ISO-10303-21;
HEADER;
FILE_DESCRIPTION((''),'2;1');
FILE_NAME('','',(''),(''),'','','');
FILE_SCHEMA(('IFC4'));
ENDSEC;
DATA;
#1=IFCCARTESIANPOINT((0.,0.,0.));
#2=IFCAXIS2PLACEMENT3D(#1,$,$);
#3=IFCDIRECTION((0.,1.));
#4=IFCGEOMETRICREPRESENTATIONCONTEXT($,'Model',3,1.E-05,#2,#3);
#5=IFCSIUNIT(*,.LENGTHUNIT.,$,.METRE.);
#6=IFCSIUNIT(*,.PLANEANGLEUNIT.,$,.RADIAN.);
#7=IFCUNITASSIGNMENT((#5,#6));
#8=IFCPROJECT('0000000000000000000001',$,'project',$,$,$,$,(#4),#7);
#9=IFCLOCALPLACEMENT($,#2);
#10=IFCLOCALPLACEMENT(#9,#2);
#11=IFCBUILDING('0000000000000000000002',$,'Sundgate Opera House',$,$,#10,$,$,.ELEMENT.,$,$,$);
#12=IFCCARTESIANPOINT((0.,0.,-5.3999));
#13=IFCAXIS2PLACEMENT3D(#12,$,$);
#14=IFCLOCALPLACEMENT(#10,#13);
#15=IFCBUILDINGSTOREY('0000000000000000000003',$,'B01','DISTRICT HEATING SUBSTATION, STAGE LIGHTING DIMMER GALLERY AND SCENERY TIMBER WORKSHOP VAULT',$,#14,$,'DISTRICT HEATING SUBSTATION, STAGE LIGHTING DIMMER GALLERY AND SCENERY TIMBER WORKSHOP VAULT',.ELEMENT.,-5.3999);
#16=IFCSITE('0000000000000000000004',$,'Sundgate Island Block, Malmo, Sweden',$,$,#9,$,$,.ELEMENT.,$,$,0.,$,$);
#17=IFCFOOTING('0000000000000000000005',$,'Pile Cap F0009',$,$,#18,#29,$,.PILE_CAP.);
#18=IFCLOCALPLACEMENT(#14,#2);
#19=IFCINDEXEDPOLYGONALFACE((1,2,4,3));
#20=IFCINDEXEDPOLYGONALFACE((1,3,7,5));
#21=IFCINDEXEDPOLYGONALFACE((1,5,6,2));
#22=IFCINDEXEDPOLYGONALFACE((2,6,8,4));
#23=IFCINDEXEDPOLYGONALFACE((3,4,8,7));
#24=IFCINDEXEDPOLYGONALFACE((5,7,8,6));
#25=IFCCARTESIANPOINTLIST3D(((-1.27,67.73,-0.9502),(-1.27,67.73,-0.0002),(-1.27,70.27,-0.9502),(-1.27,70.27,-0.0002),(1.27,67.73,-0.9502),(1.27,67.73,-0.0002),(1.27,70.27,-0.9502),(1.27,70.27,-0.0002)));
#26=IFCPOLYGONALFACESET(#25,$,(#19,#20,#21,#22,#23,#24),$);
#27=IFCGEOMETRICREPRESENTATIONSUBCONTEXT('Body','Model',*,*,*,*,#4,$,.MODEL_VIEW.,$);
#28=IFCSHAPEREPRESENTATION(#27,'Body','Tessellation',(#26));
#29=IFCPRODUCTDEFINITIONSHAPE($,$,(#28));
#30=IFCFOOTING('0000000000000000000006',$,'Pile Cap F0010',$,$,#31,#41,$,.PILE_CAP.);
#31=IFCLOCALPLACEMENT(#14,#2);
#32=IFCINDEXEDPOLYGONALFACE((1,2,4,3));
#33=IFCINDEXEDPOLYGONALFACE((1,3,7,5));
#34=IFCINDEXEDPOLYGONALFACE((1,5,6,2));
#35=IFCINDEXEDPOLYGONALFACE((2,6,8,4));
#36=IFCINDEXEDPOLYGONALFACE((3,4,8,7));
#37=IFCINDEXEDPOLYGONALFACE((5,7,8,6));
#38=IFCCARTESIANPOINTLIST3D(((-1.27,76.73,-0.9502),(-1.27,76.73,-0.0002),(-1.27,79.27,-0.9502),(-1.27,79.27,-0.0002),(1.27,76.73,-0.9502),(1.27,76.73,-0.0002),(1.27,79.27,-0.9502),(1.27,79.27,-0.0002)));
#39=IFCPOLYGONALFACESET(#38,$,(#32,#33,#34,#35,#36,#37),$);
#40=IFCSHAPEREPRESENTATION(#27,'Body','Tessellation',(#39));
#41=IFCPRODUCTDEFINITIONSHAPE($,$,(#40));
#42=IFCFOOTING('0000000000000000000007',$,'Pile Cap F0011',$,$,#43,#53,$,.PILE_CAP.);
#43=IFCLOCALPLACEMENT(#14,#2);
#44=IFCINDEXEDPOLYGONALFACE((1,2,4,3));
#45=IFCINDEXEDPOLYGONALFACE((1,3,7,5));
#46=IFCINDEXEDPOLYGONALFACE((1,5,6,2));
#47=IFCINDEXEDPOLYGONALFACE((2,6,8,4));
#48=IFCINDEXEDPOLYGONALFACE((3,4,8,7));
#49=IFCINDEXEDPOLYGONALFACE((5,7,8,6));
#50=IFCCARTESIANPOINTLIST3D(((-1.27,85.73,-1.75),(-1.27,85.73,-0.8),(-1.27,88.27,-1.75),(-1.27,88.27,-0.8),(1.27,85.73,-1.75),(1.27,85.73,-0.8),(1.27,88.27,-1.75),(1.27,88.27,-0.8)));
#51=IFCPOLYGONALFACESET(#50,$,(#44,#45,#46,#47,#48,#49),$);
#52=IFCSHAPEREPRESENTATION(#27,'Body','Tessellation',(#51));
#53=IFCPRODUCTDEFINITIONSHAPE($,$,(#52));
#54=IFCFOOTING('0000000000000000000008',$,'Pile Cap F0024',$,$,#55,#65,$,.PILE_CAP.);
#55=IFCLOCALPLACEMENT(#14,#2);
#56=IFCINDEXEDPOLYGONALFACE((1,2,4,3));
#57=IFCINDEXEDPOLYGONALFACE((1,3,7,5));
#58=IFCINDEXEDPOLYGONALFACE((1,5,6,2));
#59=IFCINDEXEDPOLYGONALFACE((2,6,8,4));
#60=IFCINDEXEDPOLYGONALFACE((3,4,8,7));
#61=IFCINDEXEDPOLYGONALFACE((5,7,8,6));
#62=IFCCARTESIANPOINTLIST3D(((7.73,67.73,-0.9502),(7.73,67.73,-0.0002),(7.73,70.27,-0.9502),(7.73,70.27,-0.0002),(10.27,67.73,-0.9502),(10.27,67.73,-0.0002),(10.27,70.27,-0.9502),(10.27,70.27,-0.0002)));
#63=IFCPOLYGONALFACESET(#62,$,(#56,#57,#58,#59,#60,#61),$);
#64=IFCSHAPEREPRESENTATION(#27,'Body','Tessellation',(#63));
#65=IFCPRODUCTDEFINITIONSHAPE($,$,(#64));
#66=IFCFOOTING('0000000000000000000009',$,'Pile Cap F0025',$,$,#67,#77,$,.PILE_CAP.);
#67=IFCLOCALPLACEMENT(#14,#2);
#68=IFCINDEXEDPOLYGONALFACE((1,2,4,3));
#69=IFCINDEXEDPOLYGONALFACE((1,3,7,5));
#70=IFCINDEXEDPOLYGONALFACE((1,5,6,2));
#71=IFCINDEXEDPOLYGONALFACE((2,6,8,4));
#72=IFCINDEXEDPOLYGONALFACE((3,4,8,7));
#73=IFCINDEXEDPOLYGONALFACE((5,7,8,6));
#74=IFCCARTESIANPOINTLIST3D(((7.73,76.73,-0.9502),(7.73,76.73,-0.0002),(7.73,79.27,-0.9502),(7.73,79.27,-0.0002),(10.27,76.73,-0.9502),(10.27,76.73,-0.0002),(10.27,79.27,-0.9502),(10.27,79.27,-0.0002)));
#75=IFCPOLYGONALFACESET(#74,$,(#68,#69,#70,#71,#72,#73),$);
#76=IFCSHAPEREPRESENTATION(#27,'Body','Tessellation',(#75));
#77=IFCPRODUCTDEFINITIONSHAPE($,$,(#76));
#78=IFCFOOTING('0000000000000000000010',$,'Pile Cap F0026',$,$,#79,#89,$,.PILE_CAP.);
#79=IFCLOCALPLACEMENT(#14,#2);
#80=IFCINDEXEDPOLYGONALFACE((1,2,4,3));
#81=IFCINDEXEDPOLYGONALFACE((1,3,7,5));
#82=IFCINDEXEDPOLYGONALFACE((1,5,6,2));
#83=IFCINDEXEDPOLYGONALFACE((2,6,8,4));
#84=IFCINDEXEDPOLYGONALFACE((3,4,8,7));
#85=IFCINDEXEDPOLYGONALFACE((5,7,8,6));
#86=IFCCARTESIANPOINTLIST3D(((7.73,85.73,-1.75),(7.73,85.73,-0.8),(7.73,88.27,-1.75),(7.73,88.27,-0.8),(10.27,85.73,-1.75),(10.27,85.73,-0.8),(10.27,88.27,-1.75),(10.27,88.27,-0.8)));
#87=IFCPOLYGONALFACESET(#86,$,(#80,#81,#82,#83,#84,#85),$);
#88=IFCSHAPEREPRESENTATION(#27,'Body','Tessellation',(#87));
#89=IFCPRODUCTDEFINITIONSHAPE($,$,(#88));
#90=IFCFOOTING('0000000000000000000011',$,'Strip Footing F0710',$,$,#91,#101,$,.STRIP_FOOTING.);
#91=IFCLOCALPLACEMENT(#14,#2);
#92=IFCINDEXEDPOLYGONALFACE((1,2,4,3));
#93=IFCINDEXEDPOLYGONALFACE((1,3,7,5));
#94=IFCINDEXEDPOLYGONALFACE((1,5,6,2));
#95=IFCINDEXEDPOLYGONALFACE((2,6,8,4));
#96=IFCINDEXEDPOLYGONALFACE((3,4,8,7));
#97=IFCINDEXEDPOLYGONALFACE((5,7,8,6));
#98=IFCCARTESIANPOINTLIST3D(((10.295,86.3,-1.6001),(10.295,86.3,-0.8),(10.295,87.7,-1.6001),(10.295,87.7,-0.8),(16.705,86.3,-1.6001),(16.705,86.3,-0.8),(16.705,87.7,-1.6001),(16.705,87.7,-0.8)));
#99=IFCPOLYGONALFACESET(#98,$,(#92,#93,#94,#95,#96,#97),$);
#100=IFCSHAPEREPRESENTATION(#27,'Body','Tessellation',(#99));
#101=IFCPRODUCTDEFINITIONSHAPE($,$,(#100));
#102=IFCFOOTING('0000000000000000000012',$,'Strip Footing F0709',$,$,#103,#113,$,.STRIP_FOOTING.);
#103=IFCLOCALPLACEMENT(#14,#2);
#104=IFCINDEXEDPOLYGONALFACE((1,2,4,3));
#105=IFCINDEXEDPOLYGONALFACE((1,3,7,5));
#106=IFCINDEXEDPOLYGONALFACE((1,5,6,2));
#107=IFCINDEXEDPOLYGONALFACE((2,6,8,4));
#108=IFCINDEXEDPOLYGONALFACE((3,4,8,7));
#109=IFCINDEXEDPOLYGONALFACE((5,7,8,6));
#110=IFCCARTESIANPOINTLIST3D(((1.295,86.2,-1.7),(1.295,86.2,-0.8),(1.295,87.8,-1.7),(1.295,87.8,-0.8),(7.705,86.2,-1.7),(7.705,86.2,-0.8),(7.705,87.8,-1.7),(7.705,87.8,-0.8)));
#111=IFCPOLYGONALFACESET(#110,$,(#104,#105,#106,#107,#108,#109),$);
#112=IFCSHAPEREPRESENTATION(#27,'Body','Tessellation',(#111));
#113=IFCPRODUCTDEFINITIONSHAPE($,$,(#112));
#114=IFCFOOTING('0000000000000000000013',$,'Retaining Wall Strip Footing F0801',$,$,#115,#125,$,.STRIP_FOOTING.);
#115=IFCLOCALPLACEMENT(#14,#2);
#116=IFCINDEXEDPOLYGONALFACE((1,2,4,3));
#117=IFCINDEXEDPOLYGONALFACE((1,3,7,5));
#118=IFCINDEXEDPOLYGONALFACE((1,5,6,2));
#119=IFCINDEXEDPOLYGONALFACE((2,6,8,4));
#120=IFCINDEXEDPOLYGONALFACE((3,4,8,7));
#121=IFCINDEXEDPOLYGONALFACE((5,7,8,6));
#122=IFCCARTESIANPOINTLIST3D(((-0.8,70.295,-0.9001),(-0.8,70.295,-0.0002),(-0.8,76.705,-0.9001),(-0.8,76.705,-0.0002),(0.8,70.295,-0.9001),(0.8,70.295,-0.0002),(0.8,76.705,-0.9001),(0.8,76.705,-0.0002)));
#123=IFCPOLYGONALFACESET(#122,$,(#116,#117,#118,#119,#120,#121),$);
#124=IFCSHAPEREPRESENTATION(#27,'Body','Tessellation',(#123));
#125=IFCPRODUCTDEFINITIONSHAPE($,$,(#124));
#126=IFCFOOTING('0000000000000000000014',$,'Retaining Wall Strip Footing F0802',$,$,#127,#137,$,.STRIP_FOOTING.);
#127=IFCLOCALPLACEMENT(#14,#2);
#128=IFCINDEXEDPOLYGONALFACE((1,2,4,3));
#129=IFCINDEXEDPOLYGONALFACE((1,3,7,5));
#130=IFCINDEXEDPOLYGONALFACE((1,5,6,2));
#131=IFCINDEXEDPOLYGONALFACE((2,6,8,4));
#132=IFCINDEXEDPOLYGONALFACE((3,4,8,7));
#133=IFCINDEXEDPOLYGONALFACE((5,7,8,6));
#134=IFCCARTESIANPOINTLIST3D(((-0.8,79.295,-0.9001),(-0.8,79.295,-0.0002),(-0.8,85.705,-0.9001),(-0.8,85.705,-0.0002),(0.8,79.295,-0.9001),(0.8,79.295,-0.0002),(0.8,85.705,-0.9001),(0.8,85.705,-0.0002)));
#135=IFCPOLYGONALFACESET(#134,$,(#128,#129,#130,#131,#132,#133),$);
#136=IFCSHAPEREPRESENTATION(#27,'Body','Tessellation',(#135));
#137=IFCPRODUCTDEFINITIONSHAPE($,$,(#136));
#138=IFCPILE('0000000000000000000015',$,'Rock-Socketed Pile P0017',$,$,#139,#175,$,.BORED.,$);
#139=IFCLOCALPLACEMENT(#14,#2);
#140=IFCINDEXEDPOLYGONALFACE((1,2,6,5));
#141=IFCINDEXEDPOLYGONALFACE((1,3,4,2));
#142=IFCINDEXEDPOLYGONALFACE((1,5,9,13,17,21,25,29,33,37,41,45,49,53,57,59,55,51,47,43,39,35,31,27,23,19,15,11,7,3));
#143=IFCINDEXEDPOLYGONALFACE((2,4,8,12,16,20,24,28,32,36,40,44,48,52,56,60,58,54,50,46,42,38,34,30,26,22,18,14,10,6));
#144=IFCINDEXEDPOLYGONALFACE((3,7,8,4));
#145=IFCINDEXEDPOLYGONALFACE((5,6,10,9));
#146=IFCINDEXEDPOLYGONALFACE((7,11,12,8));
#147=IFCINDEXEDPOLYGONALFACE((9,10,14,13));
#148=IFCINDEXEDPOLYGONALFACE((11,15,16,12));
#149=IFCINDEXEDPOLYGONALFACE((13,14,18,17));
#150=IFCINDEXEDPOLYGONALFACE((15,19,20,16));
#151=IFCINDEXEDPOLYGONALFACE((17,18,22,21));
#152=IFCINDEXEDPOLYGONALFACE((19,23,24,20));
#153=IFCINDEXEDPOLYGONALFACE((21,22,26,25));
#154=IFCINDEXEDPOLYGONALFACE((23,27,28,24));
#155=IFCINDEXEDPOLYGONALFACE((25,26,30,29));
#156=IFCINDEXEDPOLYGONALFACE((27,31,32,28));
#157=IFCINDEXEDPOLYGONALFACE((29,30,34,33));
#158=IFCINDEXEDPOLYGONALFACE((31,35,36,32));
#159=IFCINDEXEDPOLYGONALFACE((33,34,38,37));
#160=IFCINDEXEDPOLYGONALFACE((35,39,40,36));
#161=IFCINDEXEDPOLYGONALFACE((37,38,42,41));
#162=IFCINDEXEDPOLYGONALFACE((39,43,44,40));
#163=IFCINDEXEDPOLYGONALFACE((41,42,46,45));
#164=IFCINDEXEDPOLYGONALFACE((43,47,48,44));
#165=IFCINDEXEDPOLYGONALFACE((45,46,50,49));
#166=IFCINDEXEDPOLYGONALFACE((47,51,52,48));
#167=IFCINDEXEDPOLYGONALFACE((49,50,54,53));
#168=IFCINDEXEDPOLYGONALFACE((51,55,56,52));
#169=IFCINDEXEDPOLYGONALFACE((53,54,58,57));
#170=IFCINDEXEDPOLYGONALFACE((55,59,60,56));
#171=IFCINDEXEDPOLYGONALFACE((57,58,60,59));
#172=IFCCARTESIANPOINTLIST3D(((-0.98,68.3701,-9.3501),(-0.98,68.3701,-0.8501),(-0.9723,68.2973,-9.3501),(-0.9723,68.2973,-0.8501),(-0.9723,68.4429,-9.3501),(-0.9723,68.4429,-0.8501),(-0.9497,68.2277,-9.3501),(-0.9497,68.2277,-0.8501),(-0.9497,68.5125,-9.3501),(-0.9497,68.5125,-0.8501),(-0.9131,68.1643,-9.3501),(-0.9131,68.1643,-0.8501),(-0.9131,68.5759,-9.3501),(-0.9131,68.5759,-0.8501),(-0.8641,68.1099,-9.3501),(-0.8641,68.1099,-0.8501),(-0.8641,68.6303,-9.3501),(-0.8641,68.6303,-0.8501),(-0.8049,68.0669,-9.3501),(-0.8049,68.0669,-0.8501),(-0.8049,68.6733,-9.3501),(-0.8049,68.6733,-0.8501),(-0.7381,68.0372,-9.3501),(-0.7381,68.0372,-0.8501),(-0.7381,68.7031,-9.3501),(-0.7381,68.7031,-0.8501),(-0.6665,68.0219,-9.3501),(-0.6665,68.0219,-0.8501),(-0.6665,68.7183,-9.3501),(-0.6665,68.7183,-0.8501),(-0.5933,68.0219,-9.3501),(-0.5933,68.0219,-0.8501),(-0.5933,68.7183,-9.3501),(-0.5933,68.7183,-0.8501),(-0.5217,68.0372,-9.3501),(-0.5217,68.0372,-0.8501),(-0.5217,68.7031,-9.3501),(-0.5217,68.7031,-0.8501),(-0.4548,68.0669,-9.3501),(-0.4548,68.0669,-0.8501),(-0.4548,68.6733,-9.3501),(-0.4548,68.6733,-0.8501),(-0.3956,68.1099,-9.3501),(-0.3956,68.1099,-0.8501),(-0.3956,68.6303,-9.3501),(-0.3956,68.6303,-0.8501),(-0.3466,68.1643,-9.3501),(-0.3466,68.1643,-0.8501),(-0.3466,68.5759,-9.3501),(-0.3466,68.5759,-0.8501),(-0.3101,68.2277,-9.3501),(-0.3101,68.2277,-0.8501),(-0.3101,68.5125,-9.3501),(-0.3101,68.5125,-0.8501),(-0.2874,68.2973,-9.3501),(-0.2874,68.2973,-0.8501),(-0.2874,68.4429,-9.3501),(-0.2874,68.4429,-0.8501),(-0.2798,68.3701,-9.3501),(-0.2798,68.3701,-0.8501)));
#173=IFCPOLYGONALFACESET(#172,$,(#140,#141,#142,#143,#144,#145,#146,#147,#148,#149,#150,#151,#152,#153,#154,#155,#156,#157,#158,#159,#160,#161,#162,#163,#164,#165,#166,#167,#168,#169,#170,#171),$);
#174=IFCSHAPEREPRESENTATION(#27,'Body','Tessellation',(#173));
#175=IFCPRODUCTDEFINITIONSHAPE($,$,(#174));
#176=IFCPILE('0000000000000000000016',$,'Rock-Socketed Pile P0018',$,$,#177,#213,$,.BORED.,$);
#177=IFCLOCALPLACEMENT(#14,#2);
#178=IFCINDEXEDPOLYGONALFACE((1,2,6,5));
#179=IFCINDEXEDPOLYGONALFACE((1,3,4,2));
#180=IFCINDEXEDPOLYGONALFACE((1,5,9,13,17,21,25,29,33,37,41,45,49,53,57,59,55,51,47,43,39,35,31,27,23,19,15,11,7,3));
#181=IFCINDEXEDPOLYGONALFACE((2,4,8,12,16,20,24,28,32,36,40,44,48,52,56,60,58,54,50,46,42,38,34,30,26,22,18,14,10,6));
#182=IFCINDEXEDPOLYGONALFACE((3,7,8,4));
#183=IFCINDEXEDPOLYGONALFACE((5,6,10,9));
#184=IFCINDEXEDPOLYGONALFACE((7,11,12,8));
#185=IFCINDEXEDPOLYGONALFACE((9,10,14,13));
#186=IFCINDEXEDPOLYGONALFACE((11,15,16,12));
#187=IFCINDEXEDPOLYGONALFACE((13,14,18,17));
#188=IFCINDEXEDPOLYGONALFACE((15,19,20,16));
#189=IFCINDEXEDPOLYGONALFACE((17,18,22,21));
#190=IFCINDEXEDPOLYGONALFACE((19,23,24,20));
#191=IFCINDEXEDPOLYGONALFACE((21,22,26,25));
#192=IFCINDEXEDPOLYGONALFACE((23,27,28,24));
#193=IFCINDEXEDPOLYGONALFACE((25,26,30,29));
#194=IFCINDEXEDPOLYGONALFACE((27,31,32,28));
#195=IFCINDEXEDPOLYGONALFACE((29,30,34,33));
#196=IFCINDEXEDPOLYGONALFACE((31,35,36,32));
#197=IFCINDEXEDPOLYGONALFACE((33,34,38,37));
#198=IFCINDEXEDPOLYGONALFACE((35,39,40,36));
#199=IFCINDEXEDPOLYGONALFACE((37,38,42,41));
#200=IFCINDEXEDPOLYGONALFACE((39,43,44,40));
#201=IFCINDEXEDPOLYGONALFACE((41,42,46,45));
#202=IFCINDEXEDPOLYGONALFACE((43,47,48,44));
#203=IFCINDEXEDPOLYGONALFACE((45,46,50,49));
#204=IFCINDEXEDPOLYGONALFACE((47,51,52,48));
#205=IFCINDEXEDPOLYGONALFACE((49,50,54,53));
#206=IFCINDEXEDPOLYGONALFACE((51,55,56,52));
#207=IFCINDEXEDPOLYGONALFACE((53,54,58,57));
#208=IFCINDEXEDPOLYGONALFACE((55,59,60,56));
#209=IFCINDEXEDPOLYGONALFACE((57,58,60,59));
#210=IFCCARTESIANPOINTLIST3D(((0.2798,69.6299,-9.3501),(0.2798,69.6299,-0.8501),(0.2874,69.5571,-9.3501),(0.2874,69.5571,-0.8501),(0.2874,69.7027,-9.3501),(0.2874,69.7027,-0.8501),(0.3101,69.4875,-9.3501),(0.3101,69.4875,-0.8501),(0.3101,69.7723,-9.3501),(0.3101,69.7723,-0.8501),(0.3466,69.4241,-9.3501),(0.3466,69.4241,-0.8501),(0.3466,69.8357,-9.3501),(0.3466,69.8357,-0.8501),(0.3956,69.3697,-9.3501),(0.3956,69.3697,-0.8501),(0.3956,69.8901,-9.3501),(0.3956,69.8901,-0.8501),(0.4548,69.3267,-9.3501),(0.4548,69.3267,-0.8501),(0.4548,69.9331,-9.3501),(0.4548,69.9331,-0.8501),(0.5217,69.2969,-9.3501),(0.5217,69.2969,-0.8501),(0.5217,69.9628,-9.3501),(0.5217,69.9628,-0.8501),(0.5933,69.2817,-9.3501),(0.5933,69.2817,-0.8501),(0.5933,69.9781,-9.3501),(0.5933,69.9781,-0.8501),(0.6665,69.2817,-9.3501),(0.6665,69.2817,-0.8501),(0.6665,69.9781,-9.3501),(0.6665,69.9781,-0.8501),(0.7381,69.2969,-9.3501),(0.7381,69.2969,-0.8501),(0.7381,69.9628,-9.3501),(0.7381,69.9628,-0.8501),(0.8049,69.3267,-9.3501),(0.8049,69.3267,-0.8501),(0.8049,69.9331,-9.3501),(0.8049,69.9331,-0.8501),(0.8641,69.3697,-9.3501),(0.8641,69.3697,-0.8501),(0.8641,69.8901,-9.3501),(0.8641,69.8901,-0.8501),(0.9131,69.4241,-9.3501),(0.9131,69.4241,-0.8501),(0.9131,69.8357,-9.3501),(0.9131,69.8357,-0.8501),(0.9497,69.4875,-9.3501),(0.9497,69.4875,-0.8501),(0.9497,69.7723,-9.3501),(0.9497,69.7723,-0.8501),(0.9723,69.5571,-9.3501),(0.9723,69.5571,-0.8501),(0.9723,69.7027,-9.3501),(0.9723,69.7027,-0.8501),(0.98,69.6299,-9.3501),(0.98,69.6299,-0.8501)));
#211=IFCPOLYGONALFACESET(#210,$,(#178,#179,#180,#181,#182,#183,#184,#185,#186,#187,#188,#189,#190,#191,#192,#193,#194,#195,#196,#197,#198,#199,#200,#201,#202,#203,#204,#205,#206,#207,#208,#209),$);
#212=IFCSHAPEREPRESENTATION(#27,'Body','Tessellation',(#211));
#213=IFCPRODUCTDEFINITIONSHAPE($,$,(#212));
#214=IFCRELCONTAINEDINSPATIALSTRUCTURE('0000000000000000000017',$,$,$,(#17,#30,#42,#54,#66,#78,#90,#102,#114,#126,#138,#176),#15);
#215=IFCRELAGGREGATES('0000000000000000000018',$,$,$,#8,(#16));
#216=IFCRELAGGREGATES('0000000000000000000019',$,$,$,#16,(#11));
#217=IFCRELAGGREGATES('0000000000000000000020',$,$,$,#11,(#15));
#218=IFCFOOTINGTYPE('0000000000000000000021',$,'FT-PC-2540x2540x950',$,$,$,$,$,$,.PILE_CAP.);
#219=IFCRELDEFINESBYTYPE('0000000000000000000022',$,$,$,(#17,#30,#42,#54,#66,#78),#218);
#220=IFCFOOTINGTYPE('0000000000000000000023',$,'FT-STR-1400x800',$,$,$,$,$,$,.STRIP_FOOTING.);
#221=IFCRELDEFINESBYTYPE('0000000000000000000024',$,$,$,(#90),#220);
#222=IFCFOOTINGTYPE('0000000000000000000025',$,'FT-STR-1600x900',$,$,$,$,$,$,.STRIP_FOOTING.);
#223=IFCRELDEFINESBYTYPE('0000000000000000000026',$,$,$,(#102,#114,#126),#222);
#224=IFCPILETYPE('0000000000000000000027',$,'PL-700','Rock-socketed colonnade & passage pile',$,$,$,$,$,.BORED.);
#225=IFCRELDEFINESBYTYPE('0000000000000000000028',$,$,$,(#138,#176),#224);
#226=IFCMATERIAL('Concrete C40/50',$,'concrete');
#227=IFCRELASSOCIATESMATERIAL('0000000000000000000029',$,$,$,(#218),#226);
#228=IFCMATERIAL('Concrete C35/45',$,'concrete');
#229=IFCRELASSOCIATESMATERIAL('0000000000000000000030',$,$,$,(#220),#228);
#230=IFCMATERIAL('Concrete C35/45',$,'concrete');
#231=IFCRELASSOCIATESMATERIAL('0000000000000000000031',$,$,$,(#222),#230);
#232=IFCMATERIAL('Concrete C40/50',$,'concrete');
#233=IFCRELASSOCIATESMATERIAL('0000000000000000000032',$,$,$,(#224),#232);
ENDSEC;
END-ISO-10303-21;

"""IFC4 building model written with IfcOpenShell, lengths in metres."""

from ifc_helpers import new_model, si_unit, direction, frame, origin, origin_2d, place, context, subcontext, project, spatial, rectangle, circle, extrude, material, material_profile, profile_set, type_object, element, save


model = new_model("IFC4")

# Units and contexts
model_context = context("Model", 3, precision=1e-05, world=origin(), true_north=direction((0.0, 1.0)))
body_context = subcontext(model_context, "Body", "Model", "MODEL_VIEW")
ifc_project = project(units=[si_unit("LENGTHUNIT", "METRE"), si_unit("PLANEANGLEUNIT", "RADIAN")], contexts=[model_context])

# Site, building, storey
site_placement = place(None, origin())
site = spatial("IfcSite", under=ifc_project, at=site_placement, Name="Sundgate Island Block, Malmo, Sweden", CompositionType="ELEMENT", RefElevation=0.0)
building_placement = place(site_placement, origin())
building = spatial("IfcBuilding", under=site, at=building_placement, Name="Sundgate Opera House", CompositionType="ELEMENT")
storey_placement = place(building_placement, frame((0.0, 0.0, -5.3999)))
storey = spatial("IfcBuildingStorey", under=building, at=storey_placement, Name="B01", Description="DISTRICT HEATING SUBSTATION, STAGE LIGHTING DIMMER GALLERY AND SCENERY TIMBER WORKSHOP VAULT", LongName="DISTRICT HEATING SUBSTATION, STAGE LIGHTING DIMMER GALLERY AND SCENERY TIMBER WORKSHOP VAULT", CompositionType="ELEMENT", Elevation=-5.3999)

# Footings
ifc_material_1 = material(Name="Concrete C40/50", Category="concrete")
footing_type_1 = type_object("IfcFootingType", Name="FT-PC-2540x2540x950", PredefinedType="PILE_CAP", material=ifc_material_1)
for number, where, z_axis, x_axis, name in (
    (1, (0.0, 69.0, -0.9502), (0.0, 0.0, 1.0), (1.0, 0.0, 0.0), "Pile Cap F0009"),
    (2, (0.0, 78.0, -0.9502), (0.0, 0.0, 1.0), (1.0, 0.0, 0.0), "Pile Cap F0010"),
    (3, (0.0, 87.0, -1.75), (0.0, 0.0, 1.0), (1.0, 0.0, 0.0), "Pile Cap F0011"),
    (4, (9.0, 69.0, -0.9502), (0.0, 0.0, 1.0), (1.0, 0.0, 0.0), "Pile Cap F0024"),
    (5, (9.0, 78.0, -0.9502), (0.0, 0.0, 1.0), (1.0, 0.0, 0.0), "Pile Cap F0025"),
    (6, (9.0, 87.0, -1.75), (0.0, 0.0, 1.0), (1.0, 0.0, 0.0), "Pile Cap F0026"),
):
    element("IfcFooting", number, at=place(storey_placement, frame(where, z_axis=z_axis, x_axis=x_axis)), inside=storey, type_object=footing_type_1, Name=name, PredefinedType="PILE_CAP", context=body_context, shape_type="SweptSolid", body=[
        extrude(rectangle(XDim=2.54, YDim=2.54, at=origin_2d()), origin(), (0.0, 0.0, 1.0), 0.95),
    ])
ifc_material_2 = material(Name="Concrete C35/45", Category="concrete")
footing_type_2 = type_object("IfcFootingType", Name="FT-STR-1400x800", PredefinedType="STRIP_FOOTING", material=ifc_material_2)
footing_1_placement = place(storey_placement, frame((13.5, 87.0, -1.6001), z_axis=(0.0, 0.0, 1.0), x_axis=(1.0, 0.0, 0.0)))
element("IfcFooting", 7, at=footing_1_placement, inside=storey, type_object=footing_type_2, Name="Strip Footing F0710", PredefinedType="STRIP_FOOTING", context=body_context, shape_type="SweptSolid", body=[
    extrude(rectangle(XDim=6.4099, YDim=1.3999, at=origin_2d()), origin(), (0.0, 0.0, 1.0), 0.8),
])
ifc_material_3 = material(Name="Concrete C35/45", Category="concrete")
footing_type_3 = type_object("IfcFootingType", Name="FT-STR-1600x900", PredefinedType="STRIP_FOOTING", material=ifc_material_3)
footing_2_placement = place(storey_placement, frame((4.5, 87.0, -1.7), z_axis=(0.0, 0.0, 1.0), x_axis=(1.0, 0.0, 0.0)))
element("IfcFooting", 8, at=footing_2_placement, inside=storey, type_object=footing_type_3, Name="Strip Footing F0709", PredefinedType="STRIP_FOOTING", context=body_context, shape_type="SweptSolid", body=[
    extrude(rectangle(XDim=6.4099, YDim=1.6001, at=origin_2d()), origin(), (0.0, 0.0, 1.0), 0.8999),
])
for number, where, z_axis, x_axis, name in (
    (9, (0.0, 73.5, -0.9001), (0.0, 0.0, 1.0), (1.0, 0.0, 0.0), "Retaining Wall Strip Footing F0801"),
    (10, (0.0, 82.5, -0.9001), (0.0, 0.0, 1.0), (1.0, 0.0, 0.0), "Retaining Wall Strip Footing F0802"),
):
    element("IfcFooting", number, at=place(storey_placement, frame(where, z_axis=z_axis, x_axis=x_axis)), inside=storey, type_object=footing_type_3, Name=name, PredefinedType="STRIP_FOOTING", context=body_context, shape_type="SweptSolid", body=[
        extrude(rectangle(XDim=1.6001, YDim=6.4099, at=origin_2d()), origin(), (0.0, 0.0, 1.0), 0.8999),
    ])

# Piles
ifc_material_4 = material(Name="Concrete C40/50", Category="concrete")
ifc_material_profile_1 = material_profile(ifc_material_4, circle(Radius=0.3501, at=origin_2d()), Name="PILE D700")
ifc_profile_set_1 = profile_set([ifc_material_profile_1], Name="Concrete C40/50")
pile_type = type_object("IfcPileType", Name="PL-700", Description="Rock-socketed colonnade & passage pile", PredefinedType="BORED", material=ifc_profile_set_1)
for number, where, z_axis, x_axis, name in (
    (11, (-0.6299, 68.3701, -0.8501), (0.0, 0.0, -1.0), (1.0, 0.0, 0.0), "Rock-Socketed Pile P0017"),
    (12, (0.6299, 69.6299, -0.8501), (0.0, 0.0, -1.0), (1.0, 0.0, 0.0), "Rock-Socketed Pile P0018"),
):
    element("IfcPile", number, at=place(storey_placement, frame(where, z_axis=z_axis, x_axis=x_axis)), inside=storey, type_object=pile_type, Name=name, PredefinedType="BORED", context=body_context, shape_type="SweptSolid", body=[
        extrude(circle(Radius=0.3501, at=origin_2d()), origin(), (0.0, 0.0, 1.0), 8.5),
    ])

save(model, "model.ifc")
